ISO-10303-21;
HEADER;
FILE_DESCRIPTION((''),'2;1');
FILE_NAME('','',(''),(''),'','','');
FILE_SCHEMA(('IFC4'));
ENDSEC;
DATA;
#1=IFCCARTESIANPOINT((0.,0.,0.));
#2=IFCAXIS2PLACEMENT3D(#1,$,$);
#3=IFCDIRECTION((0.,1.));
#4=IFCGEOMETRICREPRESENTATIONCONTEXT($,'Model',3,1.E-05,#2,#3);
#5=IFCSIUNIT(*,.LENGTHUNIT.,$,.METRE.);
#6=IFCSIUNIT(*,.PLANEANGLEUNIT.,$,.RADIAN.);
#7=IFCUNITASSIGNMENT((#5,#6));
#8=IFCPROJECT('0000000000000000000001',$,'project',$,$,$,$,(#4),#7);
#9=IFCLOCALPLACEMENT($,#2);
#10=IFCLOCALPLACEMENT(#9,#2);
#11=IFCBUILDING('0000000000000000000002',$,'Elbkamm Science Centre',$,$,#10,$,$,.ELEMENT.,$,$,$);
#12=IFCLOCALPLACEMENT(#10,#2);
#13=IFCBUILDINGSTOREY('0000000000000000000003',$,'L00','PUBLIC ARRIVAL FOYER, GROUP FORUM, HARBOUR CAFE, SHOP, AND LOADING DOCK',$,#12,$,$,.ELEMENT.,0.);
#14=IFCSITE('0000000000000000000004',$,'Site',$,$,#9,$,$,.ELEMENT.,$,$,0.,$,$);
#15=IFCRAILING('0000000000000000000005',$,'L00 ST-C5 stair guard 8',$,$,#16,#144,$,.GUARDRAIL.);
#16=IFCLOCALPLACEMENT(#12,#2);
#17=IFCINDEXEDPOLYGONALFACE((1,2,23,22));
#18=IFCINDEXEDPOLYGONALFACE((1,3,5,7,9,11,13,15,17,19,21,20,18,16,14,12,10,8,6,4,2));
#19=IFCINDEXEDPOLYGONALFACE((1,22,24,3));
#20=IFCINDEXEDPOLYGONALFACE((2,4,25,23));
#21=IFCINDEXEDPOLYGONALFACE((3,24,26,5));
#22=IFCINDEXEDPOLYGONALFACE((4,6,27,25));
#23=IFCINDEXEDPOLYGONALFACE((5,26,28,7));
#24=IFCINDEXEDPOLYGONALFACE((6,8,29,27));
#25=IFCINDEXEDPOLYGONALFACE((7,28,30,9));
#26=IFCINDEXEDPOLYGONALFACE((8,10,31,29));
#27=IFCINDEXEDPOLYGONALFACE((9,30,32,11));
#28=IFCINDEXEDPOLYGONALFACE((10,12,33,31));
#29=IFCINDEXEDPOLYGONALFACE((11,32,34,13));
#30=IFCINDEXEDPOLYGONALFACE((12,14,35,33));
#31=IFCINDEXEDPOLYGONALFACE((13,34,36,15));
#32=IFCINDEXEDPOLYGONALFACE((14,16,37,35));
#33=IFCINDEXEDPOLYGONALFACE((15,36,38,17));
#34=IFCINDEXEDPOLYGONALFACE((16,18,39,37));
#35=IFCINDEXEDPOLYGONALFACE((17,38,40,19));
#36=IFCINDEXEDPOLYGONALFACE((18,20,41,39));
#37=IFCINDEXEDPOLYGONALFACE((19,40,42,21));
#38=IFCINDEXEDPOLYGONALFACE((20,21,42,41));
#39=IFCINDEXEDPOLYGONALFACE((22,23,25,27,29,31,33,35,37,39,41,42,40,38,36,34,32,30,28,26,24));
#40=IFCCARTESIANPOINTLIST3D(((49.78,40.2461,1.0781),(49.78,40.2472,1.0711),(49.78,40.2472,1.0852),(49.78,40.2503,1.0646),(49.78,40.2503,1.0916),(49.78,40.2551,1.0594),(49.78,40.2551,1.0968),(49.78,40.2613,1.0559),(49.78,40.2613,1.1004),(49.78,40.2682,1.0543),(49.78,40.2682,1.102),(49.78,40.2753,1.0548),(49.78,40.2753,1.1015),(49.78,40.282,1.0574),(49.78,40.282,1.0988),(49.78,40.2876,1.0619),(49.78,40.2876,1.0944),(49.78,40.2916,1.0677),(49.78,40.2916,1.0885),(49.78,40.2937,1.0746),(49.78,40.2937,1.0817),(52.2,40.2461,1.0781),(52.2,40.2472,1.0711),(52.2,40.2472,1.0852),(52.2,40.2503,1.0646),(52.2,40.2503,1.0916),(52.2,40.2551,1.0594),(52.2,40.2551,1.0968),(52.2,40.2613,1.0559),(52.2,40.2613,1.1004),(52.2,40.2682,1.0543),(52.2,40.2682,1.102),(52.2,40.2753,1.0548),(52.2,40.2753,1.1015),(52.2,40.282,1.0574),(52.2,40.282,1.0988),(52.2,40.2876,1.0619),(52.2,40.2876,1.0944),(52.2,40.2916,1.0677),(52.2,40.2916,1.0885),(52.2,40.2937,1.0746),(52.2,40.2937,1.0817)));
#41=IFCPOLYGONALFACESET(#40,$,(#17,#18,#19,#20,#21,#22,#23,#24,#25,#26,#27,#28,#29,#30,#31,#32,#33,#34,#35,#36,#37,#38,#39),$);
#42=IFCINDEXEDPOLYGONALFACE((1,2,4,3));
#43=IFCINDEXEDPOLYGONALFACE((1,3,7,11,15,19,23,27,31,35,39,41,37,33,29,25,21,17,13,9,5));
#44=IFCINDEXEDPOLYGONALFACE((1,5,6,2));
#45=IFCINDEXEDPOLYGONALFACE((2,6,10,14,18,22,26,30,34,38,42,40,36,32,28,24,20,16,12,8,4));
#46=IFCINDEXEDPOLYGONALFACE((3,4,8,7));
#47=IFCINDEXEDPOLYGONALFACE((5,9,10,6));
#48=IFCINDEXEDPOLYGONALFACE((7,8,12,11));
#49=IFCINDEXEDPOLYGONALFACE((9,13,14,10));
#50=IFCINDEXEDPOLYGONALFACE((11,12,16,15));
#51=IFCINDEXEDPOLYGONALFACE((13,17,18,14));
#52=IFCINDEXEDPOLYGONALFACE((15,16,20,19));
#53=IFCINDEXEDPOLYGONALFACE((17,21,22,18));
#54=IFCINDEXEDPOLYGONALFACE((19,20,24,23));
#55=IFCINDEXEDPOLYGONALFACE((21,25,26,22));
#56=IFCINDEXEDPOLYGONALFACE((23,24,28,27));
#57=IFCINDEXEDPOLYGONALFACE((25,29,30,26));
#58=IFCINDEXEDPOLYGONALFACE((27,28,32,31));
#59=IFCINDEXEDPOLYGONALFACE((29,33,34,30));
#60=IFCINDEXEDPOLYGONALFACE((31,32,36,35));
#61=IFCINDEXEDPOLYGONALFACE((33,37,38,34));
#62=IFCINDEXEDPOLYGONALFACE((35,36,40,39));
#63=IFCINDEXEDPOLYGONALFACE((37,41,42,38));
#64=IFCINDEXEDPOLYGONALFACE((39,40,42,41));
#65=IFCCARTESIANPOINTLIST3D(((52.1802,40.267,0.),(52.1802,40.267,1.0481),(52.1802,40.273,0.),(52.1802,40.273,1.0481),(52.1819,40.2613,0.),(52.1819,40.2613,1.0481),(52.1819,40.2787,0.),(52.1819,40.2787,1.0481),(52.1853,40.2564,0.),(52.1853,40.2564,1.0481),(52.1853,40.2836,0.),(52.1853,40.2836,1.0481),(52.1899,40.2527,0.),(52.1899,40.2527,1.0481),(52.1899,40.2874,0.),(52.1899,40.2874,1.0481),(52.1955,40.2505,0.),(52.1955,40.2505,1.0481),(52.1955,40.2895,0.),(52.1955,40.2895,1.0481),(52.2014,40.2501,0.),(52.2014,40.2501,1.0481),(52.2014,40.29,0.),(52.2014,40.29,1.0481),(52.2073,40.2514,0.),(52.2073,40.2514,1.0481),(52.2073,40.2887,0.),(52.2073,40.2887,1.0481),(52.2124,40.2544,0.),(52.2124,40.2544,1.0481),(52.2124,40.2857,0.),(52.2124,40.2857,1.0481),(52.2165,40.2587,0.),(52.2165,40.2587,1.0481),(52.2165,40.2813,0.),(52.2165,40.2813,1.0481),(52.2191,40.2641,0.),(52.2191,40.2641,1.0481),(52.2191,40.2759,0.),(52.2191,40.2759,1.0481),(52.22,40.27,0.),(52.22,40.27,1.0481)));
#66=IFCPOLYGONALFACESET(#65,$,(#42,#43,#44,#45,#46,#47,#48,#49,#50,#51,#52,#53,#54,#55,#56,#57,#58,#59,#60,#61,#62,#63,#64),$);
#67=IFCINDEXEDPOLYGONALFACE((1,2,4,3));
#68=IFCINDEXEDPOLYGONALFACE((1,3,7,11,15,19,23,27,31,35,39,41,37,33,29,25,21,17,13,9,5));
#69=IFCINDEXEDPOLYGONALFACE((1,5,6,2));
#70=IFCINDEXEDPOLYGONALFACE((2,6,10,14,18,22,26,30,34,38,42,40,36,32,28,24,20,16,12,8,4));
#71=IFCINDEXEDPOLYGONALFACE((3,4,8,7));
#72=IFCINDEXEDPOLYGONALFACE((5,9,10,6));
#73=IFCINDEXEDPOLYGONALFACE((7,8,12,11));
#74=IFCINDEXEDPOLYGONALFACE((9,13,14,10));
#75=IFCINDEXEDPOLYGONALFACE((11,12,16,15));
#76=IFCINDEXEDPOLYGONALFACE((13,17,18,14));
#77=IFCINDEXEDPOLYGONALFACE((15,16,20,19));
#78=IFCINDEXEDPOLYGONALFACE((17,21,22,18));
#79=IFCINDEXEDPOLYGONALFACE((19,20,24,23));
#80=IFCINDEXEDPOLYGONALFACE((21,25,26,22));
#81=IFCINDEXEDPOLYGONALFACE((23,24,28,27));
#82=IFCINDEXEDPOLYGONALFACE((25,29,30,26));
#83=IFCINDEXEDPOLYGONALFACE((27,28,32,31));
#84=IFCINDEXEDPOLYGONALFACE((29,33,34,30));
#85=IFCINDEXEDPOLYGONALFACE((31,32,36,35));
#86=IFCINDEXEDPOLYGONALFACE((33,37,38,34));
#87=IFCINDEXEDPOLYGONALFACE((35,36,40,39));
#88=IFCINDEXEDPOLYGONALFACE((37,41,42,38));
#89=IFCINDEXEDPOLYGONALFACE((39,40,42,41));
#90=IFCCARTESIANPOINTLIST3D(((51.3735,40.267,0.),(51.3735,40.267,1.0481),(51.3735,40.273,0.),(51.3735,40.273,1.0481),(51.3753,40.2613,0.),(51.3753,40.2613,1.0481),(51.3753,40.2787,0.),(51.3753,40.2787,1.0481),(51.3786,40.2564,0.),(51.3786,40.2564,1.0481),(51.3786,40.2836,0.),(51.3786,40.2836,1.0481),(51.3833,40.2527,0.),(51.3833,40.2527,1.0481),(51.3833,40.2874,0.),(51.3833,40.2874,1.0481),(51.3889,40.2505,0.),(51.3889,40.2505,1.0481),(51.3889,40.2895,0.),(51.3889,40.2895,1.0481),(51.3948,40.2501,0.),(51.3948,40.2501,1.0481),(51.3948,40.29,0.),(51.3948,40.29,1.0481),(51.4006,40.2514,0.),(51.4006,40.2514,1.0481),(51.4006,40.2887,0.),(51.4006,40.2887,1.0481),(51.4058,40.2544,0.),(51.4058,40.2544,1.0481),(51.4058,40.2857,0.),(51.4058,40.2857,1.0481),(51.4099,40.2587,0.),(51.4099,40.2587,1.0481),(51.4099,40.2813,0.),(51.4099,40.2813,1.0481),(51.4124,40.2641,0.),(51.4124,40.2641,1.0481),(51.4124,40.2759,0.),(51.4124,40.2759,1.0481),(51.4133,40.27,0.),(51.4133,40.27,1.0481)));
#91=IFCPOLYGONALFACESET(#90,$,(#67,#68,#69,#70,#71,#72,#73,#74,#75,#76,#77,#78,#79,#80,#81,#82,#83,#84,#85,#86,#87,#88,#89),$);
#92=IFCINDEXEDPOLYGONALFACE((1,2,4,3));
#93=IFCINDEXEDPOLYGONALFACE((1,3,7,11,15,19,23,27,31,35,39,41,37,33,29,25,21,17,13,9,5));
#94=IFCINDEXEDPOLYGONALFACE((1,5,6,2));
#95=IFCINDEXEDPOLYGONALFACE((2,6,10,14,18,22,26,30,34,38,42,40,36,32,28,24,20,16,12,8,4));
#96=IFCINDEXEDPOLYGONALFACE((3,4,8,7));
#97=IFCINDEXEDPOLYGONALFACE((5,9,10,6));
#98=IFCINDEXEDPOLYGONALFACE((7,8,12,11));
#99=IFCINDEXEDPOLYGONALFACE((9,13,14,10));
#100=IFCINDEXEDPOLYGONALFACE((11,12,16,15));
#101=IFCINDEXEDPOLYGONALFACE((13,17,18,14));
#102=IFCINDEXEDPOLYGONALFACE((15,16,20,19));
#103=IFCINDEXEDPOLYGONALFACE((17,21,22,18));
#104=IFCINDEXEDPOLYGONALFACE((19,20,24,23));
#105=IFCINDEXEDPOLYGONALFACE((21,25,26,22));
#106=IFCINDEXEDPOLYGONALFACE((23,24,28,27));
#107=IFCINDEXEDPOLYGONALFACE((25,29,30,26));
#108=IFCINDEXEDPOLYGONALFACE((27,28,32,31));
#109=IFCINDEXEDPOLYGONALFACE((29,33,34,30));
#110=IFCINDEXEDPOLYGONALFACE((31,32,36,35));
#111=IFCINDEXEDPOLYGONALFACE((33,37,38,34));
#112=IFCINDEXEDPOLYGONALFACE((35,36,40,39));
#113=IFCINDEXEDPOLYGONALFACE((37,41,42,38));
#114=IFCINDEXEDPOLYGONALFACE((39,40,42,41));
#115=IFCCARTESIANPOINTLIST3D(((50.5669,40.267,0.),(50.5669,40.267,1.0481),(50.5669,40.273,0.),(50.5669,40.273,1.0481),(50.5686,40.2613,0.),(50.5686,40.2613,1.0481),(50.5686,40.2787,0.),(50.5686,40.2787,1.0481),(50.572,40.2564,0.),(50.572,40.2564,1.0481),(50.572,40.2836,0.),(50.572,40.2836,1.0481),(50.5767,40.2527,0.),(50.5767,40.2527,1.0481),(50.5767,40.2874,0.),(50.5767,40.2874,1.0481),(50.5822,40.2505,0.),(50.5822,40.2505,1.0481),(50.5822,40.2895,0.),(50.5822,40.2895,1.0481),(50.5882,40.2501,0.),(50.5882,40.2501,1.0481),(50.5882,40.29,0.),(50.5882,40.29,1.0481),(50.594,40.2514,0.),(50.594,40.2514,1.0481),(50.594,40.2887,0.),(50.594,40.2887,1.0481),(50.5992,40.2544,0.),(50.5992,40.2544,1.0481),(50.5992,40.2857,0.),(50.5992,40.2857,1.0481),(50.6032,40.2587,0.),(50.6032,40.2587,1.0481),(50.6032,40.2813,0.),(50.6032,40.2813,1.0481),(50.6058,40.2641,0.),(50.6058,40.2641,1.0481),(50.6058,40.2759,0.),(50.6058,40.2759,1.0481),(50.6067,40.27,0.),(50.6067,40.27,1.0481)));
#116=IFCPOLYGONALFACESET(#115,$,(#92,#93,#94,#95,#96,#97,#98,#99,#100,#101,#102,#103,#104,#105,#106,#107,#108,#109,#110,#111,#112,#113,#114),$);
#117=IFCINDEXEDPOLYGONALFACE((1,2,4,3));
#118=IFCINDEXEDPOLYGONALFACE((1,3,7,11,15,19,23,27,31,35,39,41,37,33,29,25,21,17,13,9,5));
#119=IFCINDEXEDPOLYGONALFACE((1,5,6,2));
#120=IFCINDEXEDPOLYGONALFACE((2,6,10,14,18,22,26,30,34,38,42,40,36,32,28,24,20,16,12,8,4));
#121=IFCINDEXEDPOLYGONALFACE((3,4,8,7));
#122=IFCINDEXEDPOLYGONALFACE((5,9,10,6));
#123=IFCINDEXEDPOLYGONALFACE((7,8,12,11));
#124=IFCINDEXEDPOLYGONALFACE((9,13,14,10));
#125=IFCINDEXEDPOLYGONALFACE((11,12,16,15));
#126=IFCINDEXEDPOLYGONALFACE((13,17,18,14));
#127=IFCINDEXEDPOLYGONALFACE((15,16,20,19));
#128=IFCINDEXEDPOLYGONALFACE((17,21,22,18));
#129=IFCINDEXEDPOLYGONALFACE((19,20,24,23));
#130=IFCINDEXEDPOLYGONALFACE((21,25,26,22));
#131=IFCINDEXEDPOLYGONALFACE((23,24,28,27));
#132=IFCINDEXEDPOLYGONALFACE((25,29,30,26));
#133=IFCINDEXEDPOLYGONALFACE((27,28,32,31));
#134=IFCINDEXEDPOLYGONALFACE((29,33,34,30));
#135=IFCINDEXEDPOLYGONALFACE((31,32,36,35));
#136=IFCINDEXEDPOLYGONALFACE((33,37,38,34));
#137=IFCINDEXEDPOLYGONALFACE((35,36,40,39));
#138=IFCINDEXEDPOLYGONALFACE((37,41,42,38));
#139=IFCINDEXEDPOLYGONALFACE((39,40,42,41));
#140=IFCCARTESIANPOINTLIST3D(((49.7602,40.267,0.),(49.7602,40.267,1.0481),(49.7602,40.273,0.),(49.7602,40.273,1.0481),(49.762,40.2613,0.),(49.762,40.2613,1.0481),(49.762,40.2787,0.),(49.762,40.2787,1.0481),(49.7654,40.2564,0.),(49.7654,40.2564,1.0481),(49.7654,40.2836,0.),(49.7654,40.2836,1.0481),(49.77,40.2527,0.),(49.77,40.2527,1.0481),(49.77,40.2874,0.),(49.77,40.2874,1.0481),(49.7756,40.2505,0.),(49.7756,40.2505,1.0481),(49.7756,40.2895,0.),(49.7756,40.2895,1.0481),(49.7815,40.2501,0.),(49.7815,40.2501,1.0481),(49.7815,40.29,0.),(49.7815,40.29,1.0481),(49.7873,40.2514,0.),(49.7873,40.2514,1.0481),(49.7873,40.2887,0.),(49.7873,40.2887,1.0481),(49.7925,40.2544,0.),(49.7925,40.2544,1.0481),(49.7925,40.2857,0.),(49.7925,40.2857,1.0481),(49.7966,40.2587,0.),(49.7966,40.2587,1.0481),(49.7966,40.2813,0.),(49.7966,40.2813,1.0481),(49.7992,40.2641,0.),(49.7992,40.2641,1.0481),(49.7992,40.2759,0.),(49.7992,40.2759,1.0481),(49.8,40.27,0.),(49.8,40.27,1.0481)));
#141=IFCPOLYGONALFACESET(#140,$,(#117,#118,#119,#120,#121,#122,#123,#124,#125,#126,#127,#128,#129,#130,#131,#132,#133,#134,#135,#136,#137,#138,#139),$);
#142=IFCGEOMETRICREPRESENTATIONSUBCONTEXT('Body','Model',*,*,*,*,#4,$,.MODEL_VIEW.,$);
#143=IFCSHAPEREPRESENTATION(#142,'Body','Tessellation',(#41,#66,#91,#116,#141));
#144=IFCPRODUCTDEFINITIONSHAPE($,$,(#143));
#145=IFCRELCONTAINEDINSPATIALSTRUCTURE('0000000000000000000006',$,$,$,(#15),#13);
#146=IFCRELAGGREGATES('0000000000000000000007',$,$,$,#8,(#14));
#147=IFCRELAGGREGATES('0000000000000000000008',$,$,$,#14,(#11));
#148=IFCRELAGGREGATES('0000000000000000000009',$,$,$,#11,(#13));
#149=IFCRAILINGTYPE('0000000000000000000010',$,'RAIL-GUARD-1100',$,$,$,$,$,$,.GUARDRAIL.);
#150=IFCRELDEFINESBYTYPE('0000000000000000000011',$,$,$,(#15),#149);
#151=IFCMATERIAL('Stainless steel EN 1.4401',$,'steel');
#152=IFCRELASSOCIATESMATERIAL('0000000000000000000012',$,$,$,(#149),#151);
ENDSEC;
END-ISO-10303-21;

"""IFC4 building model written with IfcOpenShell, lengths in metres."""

from ifc_helpers import new_model, si_unit, direction, frame, origin, origin_2d, place, context, subcontext, project, spatial, circle, extrude, material, type_object, element, save


model = new_model("IFC4")

# Units and contexts
model_context = context("Model", 3, precision=1e-05, world=origin(), true_north=direction((0.0, 1.0)))
body_context = subcontext(model_context, "Body", "Model", "MODEL_VIEW")
ifc_project = project(units=[si_unit("LENGTHUNIT", "METRE"), si_unit("PLANEANGLEUNIT", "RADIAN")], contexts=[model_context])

# Site, building, storey
site_placement = place(None, origin())
site = spatial("IfcSite", under=ifc_project, at=site_placement, Name="Site", CompositionType="ELEMENT", RefElevation=0.0)
building_placement = place(site_placement, origin())
building = spatial("IfcBuilding", under=site, at=building_placement, Name="Elbkamm Science Centre", CompositionType="ELEMENT")
storey_placement = place(building_placement, origin())
storey = spatial("IfcBuildingStorey", under=building, at=storey_placement, Name="L00", Description="PUBLIC ARRIVAL FOYER, GROUP FORUM, HARBOUR CAFE, SHOP, AND LOADING DOCK", CompositionType="ELEMENT", Elevation=0.0)

# Railing
ifc_material_1 = material(Name="Stainless steel EN 1.4401", Category="steel")
railing_type_1 = type_object("IfcRailingType", Name="RAIL-GUARD-1100", PredefinedType="GUARDRAIL", material=ifc_material_1)
for number, where, name in (
    (1, (52.2, 40.27, 0.0), "L00 ST-C5 stair guard 8"),
):
    element("IfcRailing", number, at=place(storey_placement, frame(where)), inside=storey, type_object=railing_type_1, Name=name, PredefinedType="GUARDRAIL", context=body_context, shape_type="SweptSolid", body=[
        extrude(circle(Radius=0.0239, at=origin_2d()), frame((0.0, 0.0, 1.0781), z_axis=(-1.0, 0.0, 0.0), x_axis=(0.0, -1.0, 0.0)), (0.0, 0.0, 1.0), 2.4199),
        extrude(circle(Radius=0.02, at=origin_2d()), origin(), (0.0, 0.0, 1.0), 1.0481),
        extrude(circle(Radius=0.02, at=origin_2d()), frame((-0.8066, 0.0, 0.0)), (0.0, 0.0, 1.0), 1.0481),
        extrude(circle(Radius=0.02, at=origin_2d()), frame((-1.6133, 0.0, 0.0)), (0.0, 0.0, 1.0), 1.0481),
        extrude(circle(Radius=0.02, at=origin_2d()), frame((-2.4199, 0.0, 0.0)), (0.0, 0.0, 1.0), 1.0481),
    ])

save(model, "model.ifc")
